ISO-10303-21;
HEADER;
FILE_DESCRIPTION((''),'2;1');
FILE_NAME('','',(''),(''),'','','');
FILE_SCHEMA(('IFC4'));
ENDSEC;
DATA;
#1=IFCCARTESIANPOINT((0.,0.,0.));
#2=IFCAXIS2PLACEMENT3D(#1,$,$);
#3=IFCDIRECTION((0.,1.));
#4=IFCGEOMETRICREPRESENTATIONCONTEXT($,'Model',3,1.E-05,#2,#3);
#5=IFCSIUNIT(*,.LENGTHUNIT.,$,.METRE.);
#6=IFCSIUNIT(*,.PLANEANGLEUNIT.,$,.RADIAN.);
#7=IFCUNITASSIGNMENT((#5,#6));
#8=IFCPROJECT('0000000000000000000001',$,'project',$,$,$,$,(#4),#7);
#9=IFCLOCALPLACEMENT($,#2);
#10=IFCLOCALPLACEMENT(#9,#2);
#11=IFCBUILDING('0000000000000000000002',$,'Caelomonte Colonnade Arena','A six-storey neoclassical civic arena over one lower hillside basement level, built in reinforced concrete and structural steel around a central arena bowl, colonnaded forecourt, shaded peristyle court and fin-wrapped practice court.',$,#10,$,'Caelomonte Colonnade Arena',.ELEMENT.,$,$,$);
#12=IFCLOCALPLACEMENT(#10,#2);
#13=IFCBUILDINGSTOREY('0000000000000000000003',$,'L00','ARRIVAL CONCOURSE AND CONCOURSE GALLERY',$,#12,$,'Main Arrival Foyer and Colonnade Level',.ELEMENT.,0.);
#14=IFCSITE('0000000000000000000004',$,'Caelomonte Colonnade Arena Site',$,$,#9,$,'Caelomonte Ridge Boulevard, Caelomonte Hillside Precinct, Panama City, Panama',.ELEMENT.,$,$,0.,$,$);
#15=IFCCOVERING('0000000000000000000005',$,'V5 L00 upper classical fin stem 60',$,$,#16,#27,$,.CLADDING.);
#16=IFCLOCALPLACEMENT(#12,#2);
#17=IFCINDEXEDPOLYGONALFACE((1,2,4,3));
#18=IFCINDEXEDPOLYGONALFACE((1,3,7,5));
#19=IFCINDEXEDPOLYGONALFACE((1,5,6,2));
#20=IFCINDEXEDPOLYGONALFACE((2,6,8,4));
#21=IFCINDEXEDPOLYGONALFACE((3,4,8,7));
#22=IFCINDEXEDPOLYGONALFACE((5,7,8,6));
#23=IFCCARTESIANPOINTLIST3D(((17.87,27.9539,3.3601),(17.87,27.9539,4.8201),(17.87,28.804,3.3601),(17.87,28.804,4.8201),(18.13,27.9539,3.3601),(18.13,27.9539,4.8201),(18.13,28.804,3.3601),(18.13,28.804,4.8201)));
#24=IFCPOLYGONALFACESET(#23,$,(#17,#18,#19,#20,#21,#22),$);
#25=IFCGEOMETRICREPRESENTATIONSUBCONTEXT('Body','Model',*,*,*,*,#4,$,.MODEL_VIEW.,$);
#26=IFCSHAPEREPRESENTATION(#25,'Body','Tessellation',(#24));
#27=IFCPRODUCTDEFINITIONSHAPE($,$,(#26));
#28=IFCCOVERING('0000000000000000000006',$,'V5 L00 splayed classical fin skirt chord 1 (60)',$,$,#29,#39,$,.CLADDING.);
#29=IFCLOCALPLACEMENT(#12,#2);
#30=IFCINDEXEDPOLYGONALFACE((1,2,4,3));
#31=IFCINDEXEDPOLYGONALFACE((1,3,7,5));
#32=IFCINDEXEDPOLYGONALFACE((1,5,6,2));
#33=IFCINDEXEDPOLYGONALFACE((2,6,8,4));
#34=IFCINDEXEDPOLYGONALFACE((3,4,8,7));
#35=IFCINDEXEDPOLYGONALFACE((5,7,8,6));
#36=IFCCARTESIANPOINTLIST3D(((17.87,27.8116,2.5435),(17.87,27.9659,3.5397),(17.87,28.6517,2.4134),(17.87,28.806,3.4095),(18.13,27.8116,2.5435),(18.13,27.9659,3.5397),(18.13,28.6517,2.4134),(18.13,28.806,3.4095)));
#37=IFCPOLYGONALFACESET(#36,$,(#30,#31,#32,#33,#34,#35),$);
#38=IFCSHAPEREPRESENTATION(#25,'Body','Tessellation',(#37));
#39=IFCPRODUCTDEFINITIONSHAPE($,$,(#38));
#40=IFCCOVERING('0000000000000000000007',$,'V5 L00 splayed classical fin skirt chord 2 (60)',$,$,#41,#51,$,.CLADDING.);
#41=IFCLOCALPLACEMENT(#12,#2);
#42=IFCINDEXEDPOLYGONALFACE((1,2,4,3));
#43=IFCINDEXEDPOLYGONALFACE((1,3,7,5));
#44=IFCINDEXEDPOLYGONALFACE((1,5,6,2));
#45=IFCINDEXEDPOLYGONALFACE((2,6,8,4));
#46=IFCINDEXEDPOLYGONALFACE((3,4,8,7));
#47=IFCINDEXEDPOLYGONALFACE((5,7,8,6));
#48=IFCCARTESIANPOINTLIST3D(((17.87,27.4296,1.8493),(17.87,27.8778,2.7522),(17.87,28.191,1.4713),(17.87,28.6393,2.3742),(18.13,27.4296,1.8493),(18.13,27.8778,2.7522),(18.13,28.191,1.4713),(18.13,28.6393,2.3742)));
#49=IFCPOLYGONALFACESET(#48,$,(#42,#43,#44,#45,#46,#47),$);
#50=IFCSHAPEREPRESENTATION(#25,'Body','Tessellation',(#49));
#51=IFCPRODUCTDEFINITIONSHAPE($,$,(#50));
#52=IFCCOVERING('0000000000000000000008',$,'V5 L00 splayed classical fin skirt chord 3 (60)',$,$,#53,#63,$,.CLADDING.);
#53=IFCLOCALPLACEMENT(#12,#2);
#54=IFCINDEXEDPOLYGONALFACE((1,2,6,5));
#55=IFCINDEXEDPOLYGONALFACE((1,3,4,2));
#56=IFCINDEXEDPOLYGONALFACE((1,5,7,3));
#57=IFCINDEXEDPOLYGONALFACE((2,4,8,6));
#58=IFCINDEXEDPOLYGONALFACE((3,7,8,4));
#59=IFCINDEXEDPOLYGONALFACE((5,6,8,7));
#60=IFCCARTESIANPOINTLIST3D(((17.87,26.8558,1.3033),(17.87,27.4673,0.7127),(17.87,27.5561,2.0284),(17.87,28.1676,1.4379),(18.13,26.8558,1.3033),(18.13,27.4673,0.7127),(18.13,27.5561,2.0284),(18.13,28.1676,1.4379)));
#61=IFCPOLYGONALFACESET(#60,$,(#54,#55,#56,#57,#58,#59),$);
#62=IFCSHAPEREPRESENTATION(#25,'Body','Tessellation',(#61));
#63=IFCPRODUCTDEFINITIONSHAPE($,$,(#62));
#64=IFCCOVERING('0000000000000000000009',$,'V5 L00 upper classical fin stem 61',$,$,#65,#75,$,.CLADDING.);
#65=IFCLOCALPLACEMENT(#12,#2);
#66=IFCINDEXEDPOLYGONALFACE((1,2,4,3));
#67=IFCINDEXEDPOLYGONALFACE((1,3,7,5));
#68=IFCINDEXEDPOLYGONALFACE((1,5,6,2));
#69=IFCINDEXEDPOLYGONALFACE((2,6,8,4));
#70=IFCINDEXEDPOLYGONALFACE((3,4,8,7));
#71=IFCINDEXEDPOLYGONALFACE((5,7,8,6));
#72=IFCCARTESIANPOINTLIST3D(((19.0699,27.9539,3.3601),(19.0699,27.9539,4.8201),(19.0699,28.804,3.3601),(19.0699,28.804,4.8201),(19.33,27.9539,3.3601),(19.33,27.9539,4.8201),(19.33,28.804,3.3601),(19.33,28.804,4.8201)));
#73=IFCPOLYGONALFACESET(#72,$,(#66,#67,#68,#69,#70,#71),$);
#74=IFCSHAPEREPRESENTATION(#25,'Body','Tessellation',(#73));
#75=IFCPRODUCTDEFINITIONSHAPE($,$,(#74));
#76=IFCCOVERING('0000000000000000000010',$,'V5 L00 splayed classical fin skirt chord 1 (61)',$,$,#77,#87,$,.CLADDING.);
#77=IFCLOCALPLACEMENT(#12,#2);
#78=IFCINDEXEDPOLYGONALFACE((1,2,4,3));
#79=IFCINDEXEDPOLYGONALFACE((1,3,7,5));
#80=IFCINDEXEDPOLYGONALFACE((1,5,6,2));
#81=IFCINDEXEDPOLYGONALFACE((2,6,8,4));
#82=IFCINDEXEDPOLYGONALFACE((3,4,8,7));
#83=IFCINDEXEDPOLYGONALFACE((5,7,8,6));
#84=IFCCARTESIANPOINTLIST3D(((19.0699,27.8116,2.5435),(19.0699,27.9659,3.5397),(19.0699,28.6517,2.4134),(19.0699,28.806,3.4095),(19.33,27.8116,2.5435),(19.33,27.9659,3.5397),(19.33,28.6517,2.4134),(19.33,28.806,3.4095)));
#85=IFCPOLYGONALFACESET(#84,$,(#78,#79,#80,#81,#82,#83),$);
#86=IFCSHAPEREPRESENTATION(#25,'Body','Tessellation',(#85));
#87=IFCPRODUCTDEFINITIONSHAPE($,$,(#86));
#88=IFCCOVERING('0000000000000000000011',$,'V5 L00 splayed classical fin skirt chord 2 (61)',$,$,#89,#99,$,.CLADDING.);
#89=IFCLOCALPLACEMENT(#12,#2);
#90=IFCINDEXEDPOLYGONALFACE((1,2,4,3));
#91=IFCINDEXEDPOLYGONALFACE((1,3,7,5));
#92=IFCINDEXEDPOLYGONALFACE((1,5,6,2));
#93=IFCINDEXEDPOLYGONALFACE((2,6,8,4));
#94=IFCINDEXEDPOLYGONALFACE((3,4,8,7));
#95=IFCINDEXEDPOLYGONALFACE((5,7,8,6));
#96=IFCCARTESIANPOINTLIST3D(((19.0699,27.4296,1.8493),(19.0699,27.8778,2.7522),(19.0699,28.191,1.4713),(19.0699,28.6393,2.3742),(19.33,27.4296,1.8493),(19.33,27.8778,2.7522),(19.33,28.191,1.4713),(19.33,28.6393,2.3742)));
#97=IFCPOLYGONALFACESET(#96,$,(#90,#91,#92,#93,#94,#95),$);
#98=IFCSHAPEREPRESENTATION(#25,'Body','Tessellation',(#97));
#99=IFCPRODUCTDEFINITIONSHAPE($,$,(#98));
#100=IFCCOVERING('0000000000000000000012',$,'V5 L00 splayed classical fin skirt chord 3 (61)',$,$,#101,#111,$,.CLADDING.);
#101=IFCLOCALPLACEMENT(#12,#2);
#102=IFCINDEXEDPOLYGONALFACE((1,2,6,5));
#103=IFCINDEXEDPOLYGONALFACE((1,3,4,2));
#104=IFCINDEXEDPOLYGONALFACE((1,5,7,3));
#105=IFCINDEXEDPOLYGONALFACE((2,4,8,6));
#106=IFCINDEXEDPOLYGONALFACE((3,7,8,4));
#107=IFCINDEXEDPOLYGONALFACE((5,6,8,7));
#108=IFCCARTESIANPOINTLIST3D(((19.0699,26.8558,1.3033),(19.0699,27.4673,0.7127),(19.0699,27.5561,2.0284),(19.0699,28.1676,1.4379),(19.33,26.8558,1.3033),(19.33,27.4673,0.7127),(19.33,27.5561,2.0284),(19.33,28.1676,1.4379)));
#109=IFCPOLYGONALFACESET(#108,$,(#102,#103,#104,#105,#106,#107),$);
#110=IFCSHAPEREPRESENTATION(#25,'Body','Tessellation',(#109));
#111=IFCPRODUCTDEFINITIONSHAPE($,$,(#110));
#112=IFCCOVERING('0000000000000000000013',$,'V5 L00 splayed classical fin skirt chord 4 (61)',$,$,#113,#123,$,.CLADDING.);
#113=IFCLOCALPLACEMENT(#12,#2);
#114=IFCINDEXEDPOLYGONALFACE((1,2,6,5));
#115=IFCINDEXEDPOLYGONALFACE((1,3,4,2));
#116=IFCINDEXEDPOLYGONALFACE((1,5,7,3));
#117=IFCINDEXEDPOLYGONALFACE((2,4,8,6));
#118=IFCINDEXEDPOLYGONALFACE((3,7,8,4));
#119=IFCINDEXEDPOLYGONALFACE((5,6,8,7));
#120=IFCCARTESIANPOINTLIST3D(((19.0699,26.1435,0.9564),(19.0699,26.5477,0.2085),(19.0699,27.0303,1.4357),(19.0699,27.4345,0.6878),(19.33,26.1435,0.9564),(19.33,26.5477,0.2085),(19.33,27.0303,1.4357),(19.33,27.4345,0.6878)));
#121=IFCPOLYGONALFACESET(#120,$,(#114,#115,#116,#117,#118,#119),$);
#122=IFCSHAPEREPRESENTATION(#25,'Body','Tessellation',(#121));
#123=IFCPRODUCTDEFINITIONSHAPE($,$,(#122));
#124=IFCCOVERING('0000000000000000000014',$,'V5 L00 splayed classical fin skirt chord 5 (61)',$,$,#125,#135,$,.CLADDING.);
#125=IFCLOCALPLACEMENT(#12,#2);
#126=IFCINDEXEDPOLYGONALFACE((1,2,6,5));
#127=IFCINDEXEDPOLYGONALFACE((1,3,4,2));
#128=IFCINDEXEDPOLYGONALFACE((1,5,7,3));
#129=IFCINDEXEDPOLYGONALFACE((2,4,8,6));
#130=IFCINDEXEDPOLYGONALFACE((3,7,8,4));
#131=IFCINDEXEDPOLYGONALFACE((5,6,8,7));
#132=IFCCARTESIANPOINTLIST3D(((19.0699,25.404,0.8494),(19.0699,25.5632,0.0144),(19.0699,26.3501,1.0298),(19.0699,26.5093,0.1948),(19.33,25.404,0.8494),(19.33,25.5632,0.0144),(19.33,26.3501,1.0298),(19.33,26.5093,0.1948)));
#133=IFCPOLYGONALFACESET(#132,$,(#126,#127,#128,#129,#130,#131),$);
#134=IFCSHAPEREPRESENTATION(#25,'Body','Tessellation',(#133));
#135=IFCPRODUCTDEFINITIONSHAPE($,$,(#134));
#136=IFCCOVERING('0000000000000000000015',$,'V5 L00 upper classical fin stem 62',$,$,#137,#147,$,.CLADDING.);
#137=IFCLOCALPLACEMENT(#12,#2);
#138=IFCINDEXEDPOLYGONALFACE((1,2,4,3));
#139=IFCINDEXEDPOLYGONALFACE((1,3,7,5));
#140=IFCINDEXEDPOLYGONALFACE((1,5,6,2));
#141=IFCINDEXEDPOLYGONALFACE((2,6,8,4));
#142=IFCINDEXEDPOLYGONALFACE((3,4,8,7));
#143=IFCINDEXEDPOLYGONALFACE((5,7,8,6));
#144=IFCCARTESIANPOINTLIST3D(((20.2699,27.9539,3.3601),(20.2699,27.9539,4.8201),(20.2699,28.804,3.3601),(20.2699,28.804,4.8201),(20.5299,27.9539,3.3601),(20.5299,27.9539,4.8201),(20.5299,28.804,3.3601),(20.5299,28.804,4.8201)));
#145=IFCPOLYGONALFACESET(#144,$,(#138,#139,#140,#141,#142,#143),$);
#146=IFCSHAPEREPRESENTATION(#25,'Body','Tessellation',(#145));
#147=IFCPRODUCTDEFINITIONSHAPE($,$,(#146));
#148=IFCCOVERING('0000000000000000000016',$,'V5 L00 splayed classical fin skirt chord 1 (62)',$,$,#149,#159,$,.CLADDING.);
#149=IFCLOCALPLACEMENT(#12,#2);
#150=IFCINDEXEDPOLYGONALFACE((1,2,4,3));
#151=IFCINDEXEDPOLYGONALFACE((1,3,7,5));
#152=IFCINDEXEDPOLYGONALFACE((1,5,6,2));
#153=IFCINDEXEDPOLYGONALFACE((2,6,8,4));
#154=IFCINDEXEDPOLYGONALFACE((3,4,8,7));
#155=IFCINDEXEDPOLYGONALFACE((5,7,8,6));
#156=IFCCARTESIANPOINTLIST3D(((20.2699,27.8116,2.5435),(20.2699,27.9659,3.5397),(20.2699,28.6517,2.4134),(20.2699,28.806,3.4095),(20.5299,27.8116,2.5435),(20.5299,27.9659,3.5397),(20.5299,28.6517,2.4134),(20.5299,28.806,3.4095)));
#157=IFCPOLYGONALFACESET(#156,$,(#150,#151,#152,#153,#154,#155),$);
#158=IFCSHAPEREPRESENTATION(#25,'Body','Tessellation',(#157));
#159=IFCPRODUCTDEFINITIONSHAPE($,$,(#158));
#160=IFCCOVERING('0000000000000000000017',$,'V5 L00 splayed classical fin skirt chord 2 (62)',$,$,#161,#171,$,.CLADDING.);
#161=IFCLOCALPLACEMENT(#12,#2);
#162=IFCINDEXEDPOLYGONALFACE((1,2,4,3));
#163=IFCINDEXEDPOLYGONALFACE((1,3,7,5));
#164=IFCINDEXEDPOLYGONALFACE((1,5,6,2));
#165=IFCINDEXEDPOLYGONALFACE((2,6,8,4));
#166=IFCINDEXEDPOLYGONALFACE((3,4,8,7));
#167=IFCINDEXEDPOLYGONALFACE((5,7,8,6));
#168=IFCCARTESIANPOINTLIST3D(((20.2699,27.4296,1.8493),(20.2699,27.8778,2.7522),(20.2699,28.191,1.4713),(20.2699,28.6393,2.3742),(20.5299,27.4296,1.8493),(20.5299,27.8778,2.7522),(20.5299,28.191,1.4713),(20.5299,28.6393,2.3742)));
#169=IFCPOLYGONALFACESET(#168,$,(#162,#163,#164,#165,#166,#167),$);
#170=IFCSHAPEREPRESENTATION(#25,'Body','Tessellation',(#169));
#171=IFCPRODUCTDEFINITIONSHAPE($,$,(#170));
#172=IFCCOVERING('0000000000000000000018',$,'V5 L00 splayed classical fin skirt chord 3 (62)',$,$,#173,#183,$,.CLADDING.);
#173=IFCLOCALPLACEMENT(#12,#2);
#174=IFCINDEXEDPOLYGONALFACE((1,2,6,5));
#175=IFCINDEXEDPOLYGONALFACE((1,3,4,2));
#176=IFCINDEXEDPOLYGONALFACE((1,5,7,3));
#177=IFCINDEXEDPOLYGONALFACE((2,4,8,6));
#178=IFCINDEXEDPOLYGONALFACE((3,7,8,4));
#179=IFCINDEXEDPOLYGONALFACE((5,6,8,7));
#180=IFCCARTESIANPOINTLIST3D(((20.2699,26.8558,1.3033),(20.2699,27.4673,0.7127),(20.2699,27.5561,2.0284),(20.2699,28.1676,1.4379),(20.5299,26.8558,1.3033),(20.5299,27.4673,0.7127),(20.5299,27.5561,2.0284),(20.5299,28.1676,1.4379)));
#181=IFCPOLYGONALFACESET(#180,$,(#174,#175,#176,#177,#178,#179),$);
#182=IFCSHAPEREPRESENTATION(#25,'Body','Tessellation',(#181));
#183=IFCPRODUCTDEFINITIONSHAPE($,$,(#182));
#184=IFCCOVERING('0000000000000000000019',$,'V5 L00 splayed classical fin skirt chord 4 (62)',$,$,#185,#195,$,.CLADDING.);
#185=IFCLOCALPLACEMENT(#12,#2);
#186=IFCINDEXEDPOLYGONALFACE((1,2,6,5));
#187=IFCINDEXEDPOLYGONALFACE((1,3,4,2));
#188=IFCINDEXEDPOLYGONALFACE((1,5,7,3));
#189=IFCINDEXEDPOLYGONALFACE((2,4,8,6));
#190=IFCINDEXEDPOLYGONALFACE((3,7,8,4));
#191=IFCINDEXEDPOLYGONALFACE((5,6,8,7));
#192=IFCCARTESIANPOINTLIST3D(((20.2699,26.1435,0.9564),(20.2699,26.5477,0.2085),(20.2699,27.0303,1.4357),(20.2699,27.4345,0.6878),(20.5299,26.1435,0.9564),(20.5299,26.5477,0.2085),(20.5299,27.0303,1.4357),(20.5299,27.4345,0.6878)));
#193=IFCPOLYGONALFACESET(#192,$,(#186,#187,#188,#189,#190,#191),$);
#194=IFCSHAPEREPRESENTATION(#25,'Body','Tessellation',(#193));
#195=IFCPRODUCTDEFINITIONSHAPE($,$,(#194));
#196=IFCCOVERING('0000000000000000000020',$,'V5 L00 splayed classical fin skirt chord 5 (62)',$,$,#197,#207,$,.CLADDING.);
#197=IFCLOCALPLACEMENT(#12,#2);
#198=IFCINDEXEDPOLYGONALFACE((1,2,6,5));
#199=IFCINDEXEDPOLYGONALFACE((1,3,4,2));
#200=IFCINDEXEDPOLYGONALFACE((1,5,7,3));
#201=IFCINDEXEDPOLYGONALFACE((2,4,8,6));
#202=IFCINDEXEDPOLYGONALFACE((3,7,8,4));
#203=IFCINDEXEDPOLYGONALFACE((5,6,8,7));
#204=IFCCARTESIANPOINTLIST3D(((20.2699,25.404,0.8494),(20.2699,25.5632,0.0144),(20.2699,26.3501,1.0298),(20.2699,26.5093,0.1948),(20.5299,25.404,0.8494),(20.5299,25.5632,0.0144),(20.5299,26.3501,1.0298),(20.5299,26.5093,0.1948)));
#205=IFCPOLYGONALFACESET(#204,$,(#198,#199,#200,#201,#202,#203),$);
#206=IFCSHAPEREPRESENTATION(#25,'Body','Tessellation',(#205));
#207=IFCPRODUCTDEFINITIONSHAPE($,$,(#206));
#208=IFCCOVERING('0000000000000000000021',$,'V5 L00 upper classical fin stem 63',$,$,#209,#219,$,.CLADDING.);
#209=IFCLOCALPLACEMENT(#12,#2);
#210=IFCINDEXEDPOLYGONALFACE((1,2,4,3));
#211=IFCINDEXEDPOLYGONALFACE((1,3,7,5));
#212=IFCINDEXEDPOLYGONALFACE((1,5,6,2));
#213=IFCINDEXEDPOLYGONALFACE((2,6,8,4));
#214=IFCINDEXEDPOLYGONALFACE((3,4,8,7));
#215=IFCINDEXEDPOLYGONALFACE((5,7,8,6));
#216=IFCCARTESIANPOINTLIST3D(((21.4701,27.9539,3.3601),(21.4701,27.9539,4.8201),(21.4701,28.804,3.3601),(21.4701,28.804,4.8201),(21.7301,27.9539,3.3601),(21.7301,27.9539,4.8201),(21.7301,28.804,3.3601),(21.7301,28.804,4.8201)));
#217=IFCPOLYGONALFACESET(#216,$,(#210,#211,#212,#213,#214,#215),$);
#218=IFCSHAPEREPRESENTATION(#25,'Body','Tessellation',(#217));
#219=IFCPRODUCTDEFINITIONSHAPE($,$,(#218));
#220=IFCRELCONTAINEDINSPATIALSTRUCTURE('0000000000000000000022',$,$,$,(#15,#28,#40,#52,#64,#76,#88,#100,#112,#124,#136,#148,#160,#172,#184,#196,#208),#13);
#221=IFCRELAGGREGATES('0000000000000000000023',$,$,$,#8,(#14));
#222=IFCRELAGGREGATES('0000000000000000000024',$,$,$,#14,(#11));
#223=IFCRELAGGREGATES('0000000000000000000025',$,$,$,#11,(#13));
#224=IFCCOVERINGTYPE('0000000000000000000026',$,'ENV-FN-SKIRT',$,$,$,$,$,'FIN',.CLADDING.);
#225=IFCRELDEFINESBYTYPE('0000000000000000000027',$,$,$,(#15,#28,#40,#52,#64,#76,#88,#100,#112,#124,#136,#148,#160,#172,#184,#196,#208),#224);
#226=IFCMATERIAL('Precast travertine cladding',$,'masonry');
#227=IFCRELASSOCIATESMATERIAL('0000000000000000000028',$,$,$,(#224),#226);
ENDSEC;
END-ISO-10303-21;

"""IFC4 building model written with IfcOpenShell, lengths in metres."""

from ifc_helpers import new_model, si_unit, direction, frame, origin, origin_2d, place, context, subcontext, project, spatial, rectangle, extrude, material, material_profile, profile_set, type_object, element, save


model = new_model("IFC4")

# Units and contexts
model_context = context("Model", 3, precision=1e-05, world=origin(), true_north=direction((0.0, 1.0)))
body_context = subcontext(model_context, "Body", "Model", "MODEL_VIEW")
ifc_project = project(units=[si_unit("LENGTHUNIT", "METRE"), si_unit("PLANEANGLEUNIT", "RADIAN")], contexts=[model_context])

# Site, building, storey
site_placement = place(None, origin())
site = spatial("IfcSite", under=ifc_project, at=site_placement, Name="Caelomonte Colonnade Arena Site", LongName="Caelomonte Ridge Boulevard, Caelomonte Hillside Precinct, Panama City, Panama", CompositionType="ELEMENT", RefElevation=0.0)
building_placement = place(site_placement, origin())
building = spatial("IfcBuilding", under=site, at=building_placement, Name="Caelomonte Colonnade Arena", Description="A six-storey neoclassical civic arena over one lower hillside basement level, built in reinforced concrete and structural steel around a central arena bowl, colonnaded forecourt, shaded peristyle court and fin-wrapped practice court.", LongName="Caelomonte Colonnade Arena", CompositionType="ELEMENT")
storey_placement = place(building_placement, origin())
storey = spatial("IfcBuildingStorey", under=building, at=storey_placement, Name="L00", Description="ARRIVAL CONCOURSE AND CONCOURSE GALLERY", LongName="Main Arrival Foyer and Colonnade Level", CompositionType="ELEMENT", Elevation=0.0)

# Coverings
ifc_material_1 = material(Name="Precast travertine cladding", Category="masonry")
ifc_material_profile = material_profile(ifc_material_1, rectangle(XDim=0.26, YDim=0.8501, at=origin_2d()), Name="FIN260X850")
ifc_profile_set = profile_set([ifc_material_profile], Name="Precast travertine cladding")
covering_type = type_object("IfcCoveringType", Name="ENV-FN-SKIRT", ElementType="FIN", PredefinedType="CLADDING", material=ifc_profile_set)
covering_1_placement = place(storey_placement, frame((18.0, 28.3789, 3.3601), z_axis=(0.0, 0.0, 1.0), x_axis=(-1.0, 0.0, 0.0)))
element("IfcCovering", 1, at=covering_1_placement, inside=storey, type_object=covering_type, Name="V5 L00 upper classical fin stem 60", PredefinedType="CLADDING", context=body_context, shape_type="SweptSolid", body=[
    extrude(rectangle(XDim=0.26, YDim=0.8501, at=origin_2d()), origin(), (0.0, 0.0, 1.0), 1.46),
])
for number, where, z_axis, x_axis, name in (
    (2, (18.0, 28.386, 3.4746), (0.0, -0.153076, -0.988214), (-1.0, 0.0, 0.0), "V5 L00 splayed classical fin skirt chord 1 (60)"),
    (3, (18.0, 28.2585, 2.5632), (0.0, -0.444693, -0.895683), (-1.0, 0.0, 0.0), "V5 L00 splayed classical fin skirt chord 2 (60)"),
    (4, (18.0, 27.8618, 1.7332), (0.0, -0.694646, -0.719351), (-1.0, 0.0, 0.0), "V5 L00 splayed classical fin skirt chord 3 (60)"),
):
    element("IfcCovering", number, at=place(storey_placement, frame(where, z_axis=z_axis, x_axis=x_axis)), inside=storey, type_object=covering_type, Name=name, PredefinedType="CLADDING", context=body_context, shape_type="SweptSolid", body=[
        extrude(rectangle(XDim=0.26, YDim=0.8501, at=origin_2d()), origin(), (0.0, 0.0, 1.0), 1.0081),
    ])
covering_2_placement = place(storey_placement, frame((19.2, 28.3789, 3.3601), z_axis=(0.0, 0.0, 1.0), x_axis=(-1.0, 0.0, 0.0)))
element("IfcCovering", 5, at=covering_2_placement, inside=storey, type_object=covering_type, Name="V5 L00 upper classical fin stem 61", PredefinedType="CLADDING", context=body_context, shape_type="SweptSolid", body=[
    extrude(rectangle(XDim=0.26, YDim=0.8501, at=origin_2d()), origin(), (0.0, 0.0, 1.0), 1.46),
])
for number, where, z_axis, x_axis, name in (
    (6, (19.2, 28.386, 3.4746), (0.0, -0.153076, -0.988214), (-1.0, 0.0, 0.0), "V5 L00 splayed classical fin skirt chord 1 (61)"),
    (7, (19.2, 28.2585, 2.5632), (0.0, -0.444693, -0.895683), (-1.0, 0.0, 0.0), "V5 L00 splayed classical fin skirt chord 2 (61)"),
    (8, (19.2, 27.8618, 1.7332), (0.0, -0.694646, -0.719351), (-1.0, 0.0, 0.0), "V5 L00 splayed classical fin skirt chord 3 (61)"),
    (9, (19.2, 27.2324, 1.0618), (0.0, -0.879731, -0.475471), (-1.0, 0.0, 0.0), "V5 L00 splayed classical fin skirt chord 4 (61)"),
):
    element("IfcCovering", number, at=place(storey_placement, frame(where, z_axis=z_axis, x_axis=x_axis)), inside=storey, type_object=covering_type, Name=name, PredefinedType="CLADDING", context=body_context, shape_type="SweptSolid", body=[
        extrude(rectangle(XDim=0.26, YDim=0.8501, at=origin_2d()), origin(), (0.0, 0.0, 1.0), 1.0081),
    ])
covering_3_placement = place(storey_placement, frame((19.2, 26.4297, 0.6123), z_axis=(0.0, -0.982296, -0.187333), x_axis=(-1.0, 0.0, 0.0)))
element("IfcCovering", 10, at=covering_3_placement, inside=storey, type_object=covering_type, Name="V5 L00 splayed classical fin skirt chord 5 (61)", PredefinedType="CLADDING", context=body_context, shape_type="SweptSolid", body=[
    extrude(rectangle(XDim=0.26, YDim=0.8501, at=origin_2d()), origin(), (0.0, 0.0, 1.0), 0.9631),
])
covering_4_placement = place(storey_placement, frame((20.3999, 28.3789, 3.3601), z_axis=(0.0, 0.0, 1.0), x_axis=(-1.0, 0.0, 0.0)))
element("IfcCovering", 11, at=covering_4_placement, inside=storey, type_object=covering_type, Name="V5 L00 upper classical fin stem 62", PredefinedType="CLADDING", context=body_context, shape_type="SweptSolid", body=[
    extrude(rectangle(XDim=0.26, YDim=0.8501, at=origin_2d()), origin(), (0.0, 0.0, 1.0), 1.46),
])
for number, where, z_axis, x_axis, name in (
    (12, (20.3999, 28.386, 3.4746), (0.0, -0.153076, -0.988214), (-1.0, 0.0, 0.0), "V5 L00 splayed classical fin skirt chord 1 (62)"),
    (13, (20.3999, 28.2585, 2.5632), (0.0, -0.444693, -0.895683), (-1.0, 0.0, 0.0), "V5 L00 splayed classical fin skirt chord 2 (62)"),
    (14, (20.3999, 27.8618, 1.7332), (0.0, -0.694646, -0.719351), (-1.0, 0.0, 0.0), "V5 L00 splayed classical fin skirt chord 3 (62)"),
    (15, (20.3999, 27.2324, 1.0618), (0.0, -0.879731, -0.475471), (-1.0, 0.0, 0.0), "V5 L00 splayed classical fin skirt chord 4 (62)"),
):
    element("IfcCovering", number, at=place(storey_placement, frame(where, z_axis=z_axis, x_axis=x_axis)), inside=storey, type_object=covering_type, Name=name, PredefinedType="CLADDING", context=body_context, shape_type="SweptSolid", body=[
        extrude(rectangle(XDim=0.26, YDim=0.8501, at=origin_2d()), origin(), (0.0, 0.0, 1.0), 1.0081),
    ])
covering_5_placement = place(storey_placement, frame((20.3999, 26.4297, 0.6123), z_axis=(0.0, -0.982296, -0.187333), x_axis=(-1.0, 0.0, 0.0)))
element("IfcCovering", 16, at=covering_5_placement, inside=storey, type_object=covering_type, Name="V5 L00 splayed classical fin skirt chord 5 (62)", PredefinedType="CLADDING", context=body_context, shape_type="SweptSolid", body=[
    extrude(rectangle(XDim=0.26, YDim=0.8501, at=origin_2d()), origin(), (0.0, 0.0, 1.0), 0.9631),
])
covering_6_placement = place(storey_placement, frame((21.6001, 28.3789, 3.3601), z_axis=(0.0, 0.0, 1.0), x_axis=(-1.0, 0.0, 0.0)))
element("IfcCovering", 17, at=covering_6_placement, inside=storey, type_object=covering_type, Name="V5 L00 upper classical fin stem 63", PredefinedType="CLADDING", context=body_context, shape_type="SweptSolid", body=[
    extrude(rectangle(XDim=0.26, YDim=0.8501, at=origin_2d()), origin(), (0.0, 0.0, 1.0), 1.46),
])

save(model, "model.ifc")
